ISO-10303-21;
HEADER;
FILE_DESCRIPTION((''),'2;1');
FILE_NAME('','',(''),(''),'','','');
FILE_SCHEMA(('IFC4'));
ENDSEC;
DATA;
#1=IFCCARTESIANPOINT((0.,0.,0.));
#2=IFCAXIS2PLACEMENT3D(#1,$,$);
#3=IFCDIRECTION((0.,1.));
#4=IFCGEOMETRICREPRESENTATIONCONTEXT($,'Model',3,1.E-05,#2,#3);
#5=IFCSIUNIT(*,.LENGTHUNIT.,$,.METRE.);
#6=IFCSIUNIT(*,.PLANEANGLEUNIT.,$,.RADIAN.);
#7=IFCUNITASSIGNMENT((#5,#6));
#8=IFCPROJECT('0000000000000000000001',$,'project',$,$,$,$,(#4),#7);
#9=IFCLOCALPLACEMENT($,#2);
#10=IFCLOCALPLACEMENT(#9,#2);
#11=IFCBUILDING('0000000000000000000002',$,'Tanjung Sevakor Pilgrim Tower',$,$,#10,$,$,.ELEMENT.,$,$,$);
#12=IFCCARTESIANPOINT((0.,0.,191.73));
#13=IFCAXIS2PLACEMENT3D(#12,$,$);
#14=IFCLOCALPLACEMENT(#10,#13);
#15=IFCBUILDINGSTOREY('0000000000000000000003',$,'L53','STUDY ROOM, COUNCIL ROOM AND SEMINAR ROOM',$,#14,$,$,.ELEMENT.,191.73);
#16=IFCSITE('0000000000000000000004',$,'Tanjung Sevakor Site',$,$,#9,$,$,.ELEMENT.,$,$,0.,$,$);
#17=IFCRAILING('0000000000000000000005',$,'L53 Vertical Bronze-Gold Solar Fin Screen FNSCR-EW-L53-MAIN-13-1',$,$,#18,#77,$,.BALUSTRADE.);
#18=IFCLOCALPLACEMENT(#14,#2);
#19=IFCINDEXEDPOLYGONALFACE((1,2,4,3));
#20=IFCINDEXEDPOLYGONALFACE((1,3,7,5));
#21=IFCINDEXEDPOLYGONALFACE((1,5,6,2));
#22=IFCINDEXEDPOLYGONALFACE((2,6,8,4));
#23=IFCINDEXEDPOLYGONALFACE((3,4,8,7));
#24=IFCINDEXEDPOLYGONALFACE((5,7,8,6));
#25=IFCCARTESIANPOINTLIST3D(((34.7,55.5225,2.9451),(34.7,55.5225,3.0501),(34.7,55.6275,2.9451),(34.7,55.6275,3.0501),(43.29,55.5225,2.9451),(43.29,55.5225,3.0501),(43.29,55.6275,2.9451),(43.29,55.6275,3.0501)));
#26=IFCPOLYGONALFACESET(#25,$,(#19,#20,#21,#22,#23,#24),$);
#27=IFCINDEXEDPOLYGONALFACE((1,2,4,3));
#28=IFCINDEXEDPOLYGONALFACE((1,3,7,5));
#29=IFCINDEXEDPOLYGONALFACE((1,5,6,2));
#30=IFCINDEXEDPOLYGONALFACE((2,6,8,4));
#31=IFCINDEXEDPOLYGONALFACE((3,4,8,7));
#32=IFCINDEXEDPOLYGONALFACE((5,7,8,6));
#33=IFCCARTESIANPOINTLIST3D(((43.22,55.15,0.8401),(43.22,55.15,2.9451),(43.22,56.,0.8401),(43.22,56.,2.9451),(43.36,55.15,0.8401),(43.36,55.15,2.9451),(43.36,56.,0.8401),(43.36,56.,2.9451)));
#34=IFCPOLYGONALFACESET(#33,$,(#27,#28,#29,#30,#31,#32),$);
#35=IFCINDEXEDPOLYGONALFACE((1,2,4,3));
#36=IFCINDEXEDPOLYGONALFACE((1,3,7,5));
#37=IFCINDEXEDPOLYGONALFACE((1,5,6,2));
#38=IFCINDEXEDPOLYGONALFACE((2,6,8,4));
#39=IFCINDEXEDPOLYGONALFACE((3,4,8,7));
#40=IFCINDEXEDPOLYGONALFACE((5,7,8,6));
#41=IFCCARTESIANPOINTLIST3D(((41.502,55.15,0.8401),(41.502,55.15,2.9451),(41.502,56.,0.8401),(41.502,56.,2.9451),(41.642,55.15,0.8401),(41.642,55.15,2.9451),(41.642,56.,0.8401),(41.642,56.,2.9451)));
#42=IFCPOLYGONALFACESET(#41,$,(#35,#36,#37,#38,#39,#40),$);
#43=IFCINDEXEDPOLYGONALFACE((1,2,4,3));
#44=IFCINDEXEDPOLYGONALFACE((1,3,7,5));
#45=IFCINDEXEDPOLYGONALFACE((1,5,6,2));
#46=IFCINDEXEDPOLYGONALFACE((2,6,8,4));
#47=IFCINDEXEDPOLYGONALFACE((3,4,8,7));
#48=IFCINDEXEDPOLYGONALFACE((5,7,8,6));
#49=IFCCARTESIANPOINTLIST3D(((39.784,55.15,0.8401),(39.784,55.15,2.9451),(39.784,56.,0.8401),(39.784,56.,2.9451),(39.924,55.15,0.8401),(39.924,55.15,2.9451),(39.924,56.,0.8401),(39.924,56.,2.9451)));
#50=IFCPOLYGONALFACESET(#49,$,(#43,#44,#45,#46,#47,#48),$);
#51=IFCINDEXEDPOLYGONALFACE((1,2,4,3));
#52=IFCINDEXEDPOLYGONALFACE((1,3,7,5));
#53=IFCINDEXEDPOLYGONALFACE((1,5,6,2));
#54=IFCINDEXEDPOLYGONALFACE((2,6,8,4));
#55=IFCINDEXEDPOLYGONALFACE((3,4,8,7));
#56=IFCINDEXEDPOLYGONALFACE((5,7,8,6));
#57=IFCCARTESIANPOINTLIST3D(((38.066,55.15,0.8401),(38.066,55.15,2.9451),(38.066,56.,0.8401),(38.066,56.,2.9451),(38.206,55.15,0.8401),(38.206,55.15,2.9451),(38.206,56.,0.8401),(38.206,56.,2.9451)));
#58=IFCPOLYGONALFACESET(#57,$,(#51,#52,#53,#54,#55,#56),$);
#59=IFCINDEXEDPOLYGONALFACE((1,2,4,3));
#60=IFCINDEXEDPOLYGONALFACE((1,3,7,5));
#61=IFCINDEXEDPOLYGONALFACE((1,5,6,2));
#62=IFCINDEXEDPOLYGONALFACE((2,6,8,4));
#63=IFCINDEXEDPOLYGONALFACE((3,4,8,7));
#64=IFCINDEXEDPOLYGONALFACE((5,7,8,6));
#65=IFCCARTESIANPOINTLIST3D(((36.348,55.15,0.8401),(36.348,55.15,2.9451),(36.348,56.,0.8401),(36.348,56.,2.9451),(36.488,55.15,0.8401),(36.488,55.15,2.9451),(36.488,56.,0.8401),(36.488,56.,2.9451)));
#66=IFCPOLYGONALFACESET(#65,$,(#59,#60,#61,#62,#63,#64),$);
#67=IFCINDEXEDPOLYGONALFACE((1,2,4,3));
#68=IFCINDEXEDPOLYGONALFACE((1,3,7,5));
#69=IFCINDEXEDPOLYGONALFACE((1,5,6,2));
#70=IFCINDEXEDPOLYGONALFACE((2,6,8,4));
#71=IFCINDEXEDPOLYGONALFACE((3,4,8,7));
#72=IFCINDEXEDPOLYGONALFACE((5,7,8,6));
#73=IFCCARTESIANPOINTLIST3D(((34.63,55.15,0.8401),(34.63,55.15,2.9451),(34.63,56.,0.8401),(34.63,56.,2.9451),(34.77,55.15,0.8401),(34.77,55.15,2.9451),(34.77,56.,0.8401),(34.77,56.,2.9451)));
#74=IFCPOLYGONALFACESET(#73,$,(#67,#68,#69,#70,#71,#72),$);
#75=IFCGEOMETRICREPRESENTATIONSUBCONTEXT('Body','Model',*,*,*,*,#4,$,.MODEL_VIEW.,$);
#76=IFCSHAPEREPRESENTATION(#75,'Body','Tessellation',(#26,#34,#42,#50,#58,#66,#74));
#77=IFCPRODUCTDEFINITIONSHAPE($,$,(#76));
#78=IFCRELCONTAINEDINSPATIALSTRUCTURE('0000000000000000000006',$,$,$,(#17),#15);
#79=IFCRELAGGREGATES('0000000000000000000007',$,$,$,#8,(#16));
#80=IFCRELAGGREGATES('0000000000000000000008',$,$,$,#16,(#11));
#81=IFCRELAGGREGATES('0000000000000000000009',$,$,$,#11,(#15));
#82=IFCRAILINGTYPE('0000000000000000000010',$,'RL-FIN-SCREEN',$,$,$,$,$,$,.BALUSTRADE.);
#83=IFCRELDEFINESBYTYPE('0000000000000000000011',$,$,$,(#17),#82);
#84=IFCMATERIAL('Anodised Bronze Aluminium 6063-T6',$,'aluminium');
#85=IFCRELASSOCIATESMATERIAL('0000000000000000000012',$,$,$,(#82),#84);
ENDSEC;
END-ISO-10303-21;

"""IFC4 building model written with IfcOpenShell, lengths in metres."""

from ifc_helpers import new_model, si_unit, direction, frame, origin, place, context, subcontext, project, spatial, rectangle, extrude, material, type_object, element, save


model = new_model("IFC4")

# Units and contexts
model_context = context("Model", 3, precision=1e-05, world=origin(), true_north=direction((0.0, 1.0)))
body_context = subcontext(model_context, "Body", "Model", "MODEL_VIEW")
ifc_project = project(units=[si_unit("LENGTHUNIT", "METRE"), si_unit("PLANEANGLEUNIT", "RADIAN")], contexts=[model_context])

# Site, building, storey
site_placement = place(None, origin())
site = spatial("IfcSite", under=ifc_project, at=site_placement, Name="Tanjung Sevakor Site", CompositionType="ELEMENT", RefElevation=0.0)
building_placement = place(site_placement, origin())
building = spatial("IfcBuilding", under=site, at=building_placement, Name="Tanjung Sevakor Pilgrim Tower", CompositionType="ELEMENT")
storey_placement = place(building_placement, frame((0.0, 0.0, 191.73)))
storey = spatial("IfcBuildingStorey", under=building, at=storey_placement, Name="L53", Description="STUDY ROOM, COUNCIL ROOM AND SEMINAR ROOM", CompositionType="ELEMENT", Elevation=191.73)

# Railing
ifc_material_1 = material(Name="Anodised Bronze Aluminium 6063-T6", Category="aluminium")
railing_type = type_object("IfcRailingType", Name="RL-FIN-SCREEN", PredefinedType="BALUSTRADE", material=ifc_material_1)
railing_placement = place(storey_placement, frame((43.29, 55.575, 0.8401)))
element("IfcRailing", 1, at=railing_placement, inside=storey, type_object=railing_type, Name="L53 Vertical Bronze-Gold Solar Fin Screen FNSCR-EW-L53-MAIN-13-1", PredefinedType="BALUSTRADE", context=body_context, shape_type="SweptSolid", body=[
    extrude(rectangle(XDim=0.105, YDim=0.105), frame((0.0, 0.0, 2.1575), z_axis=(-1.0, 0.0, 0.0), x_axis=(0.0, -1.0, 0.0)), (0.0, 0.0, 1.0), 8.5901),
    extrude(rectangle(XDim=0.14, YDim=0.85), origin(), (0.0, 0.0, 1.0), 2.105),
    extrude(rectangle(XDim=0.14, YDim=0.85), frame((-1.718, 0.0, 0.0)), (0.0, 0.0, 1.0), 2.105),
    extrude(rectangle(XDim=0.14, YDim=0.85), frame((-3.436, 0.0, 0.0)), (0.0, 0.0, 1.0), 2.105),
    extrude(rectangle(XDim=0.14, YDim=0.85), frame((-5.1541, 0.0, 0.0)), (0.0, 0.0, 1.0), 2.105),
    extrude(rectangle(XDim=0.14, YDim=0.85), frame((-6.8721, 0.0, 0.0)), (0.0, 0.0, 1.0), 2.105),
    extrude(rectangle(XDim=0.14, YDim=0.85), frame((-8.5901, 0.0, 0.0)), (0.0, 0.0, 1.0), 2.105),
])

save(model, "model.ifc")
